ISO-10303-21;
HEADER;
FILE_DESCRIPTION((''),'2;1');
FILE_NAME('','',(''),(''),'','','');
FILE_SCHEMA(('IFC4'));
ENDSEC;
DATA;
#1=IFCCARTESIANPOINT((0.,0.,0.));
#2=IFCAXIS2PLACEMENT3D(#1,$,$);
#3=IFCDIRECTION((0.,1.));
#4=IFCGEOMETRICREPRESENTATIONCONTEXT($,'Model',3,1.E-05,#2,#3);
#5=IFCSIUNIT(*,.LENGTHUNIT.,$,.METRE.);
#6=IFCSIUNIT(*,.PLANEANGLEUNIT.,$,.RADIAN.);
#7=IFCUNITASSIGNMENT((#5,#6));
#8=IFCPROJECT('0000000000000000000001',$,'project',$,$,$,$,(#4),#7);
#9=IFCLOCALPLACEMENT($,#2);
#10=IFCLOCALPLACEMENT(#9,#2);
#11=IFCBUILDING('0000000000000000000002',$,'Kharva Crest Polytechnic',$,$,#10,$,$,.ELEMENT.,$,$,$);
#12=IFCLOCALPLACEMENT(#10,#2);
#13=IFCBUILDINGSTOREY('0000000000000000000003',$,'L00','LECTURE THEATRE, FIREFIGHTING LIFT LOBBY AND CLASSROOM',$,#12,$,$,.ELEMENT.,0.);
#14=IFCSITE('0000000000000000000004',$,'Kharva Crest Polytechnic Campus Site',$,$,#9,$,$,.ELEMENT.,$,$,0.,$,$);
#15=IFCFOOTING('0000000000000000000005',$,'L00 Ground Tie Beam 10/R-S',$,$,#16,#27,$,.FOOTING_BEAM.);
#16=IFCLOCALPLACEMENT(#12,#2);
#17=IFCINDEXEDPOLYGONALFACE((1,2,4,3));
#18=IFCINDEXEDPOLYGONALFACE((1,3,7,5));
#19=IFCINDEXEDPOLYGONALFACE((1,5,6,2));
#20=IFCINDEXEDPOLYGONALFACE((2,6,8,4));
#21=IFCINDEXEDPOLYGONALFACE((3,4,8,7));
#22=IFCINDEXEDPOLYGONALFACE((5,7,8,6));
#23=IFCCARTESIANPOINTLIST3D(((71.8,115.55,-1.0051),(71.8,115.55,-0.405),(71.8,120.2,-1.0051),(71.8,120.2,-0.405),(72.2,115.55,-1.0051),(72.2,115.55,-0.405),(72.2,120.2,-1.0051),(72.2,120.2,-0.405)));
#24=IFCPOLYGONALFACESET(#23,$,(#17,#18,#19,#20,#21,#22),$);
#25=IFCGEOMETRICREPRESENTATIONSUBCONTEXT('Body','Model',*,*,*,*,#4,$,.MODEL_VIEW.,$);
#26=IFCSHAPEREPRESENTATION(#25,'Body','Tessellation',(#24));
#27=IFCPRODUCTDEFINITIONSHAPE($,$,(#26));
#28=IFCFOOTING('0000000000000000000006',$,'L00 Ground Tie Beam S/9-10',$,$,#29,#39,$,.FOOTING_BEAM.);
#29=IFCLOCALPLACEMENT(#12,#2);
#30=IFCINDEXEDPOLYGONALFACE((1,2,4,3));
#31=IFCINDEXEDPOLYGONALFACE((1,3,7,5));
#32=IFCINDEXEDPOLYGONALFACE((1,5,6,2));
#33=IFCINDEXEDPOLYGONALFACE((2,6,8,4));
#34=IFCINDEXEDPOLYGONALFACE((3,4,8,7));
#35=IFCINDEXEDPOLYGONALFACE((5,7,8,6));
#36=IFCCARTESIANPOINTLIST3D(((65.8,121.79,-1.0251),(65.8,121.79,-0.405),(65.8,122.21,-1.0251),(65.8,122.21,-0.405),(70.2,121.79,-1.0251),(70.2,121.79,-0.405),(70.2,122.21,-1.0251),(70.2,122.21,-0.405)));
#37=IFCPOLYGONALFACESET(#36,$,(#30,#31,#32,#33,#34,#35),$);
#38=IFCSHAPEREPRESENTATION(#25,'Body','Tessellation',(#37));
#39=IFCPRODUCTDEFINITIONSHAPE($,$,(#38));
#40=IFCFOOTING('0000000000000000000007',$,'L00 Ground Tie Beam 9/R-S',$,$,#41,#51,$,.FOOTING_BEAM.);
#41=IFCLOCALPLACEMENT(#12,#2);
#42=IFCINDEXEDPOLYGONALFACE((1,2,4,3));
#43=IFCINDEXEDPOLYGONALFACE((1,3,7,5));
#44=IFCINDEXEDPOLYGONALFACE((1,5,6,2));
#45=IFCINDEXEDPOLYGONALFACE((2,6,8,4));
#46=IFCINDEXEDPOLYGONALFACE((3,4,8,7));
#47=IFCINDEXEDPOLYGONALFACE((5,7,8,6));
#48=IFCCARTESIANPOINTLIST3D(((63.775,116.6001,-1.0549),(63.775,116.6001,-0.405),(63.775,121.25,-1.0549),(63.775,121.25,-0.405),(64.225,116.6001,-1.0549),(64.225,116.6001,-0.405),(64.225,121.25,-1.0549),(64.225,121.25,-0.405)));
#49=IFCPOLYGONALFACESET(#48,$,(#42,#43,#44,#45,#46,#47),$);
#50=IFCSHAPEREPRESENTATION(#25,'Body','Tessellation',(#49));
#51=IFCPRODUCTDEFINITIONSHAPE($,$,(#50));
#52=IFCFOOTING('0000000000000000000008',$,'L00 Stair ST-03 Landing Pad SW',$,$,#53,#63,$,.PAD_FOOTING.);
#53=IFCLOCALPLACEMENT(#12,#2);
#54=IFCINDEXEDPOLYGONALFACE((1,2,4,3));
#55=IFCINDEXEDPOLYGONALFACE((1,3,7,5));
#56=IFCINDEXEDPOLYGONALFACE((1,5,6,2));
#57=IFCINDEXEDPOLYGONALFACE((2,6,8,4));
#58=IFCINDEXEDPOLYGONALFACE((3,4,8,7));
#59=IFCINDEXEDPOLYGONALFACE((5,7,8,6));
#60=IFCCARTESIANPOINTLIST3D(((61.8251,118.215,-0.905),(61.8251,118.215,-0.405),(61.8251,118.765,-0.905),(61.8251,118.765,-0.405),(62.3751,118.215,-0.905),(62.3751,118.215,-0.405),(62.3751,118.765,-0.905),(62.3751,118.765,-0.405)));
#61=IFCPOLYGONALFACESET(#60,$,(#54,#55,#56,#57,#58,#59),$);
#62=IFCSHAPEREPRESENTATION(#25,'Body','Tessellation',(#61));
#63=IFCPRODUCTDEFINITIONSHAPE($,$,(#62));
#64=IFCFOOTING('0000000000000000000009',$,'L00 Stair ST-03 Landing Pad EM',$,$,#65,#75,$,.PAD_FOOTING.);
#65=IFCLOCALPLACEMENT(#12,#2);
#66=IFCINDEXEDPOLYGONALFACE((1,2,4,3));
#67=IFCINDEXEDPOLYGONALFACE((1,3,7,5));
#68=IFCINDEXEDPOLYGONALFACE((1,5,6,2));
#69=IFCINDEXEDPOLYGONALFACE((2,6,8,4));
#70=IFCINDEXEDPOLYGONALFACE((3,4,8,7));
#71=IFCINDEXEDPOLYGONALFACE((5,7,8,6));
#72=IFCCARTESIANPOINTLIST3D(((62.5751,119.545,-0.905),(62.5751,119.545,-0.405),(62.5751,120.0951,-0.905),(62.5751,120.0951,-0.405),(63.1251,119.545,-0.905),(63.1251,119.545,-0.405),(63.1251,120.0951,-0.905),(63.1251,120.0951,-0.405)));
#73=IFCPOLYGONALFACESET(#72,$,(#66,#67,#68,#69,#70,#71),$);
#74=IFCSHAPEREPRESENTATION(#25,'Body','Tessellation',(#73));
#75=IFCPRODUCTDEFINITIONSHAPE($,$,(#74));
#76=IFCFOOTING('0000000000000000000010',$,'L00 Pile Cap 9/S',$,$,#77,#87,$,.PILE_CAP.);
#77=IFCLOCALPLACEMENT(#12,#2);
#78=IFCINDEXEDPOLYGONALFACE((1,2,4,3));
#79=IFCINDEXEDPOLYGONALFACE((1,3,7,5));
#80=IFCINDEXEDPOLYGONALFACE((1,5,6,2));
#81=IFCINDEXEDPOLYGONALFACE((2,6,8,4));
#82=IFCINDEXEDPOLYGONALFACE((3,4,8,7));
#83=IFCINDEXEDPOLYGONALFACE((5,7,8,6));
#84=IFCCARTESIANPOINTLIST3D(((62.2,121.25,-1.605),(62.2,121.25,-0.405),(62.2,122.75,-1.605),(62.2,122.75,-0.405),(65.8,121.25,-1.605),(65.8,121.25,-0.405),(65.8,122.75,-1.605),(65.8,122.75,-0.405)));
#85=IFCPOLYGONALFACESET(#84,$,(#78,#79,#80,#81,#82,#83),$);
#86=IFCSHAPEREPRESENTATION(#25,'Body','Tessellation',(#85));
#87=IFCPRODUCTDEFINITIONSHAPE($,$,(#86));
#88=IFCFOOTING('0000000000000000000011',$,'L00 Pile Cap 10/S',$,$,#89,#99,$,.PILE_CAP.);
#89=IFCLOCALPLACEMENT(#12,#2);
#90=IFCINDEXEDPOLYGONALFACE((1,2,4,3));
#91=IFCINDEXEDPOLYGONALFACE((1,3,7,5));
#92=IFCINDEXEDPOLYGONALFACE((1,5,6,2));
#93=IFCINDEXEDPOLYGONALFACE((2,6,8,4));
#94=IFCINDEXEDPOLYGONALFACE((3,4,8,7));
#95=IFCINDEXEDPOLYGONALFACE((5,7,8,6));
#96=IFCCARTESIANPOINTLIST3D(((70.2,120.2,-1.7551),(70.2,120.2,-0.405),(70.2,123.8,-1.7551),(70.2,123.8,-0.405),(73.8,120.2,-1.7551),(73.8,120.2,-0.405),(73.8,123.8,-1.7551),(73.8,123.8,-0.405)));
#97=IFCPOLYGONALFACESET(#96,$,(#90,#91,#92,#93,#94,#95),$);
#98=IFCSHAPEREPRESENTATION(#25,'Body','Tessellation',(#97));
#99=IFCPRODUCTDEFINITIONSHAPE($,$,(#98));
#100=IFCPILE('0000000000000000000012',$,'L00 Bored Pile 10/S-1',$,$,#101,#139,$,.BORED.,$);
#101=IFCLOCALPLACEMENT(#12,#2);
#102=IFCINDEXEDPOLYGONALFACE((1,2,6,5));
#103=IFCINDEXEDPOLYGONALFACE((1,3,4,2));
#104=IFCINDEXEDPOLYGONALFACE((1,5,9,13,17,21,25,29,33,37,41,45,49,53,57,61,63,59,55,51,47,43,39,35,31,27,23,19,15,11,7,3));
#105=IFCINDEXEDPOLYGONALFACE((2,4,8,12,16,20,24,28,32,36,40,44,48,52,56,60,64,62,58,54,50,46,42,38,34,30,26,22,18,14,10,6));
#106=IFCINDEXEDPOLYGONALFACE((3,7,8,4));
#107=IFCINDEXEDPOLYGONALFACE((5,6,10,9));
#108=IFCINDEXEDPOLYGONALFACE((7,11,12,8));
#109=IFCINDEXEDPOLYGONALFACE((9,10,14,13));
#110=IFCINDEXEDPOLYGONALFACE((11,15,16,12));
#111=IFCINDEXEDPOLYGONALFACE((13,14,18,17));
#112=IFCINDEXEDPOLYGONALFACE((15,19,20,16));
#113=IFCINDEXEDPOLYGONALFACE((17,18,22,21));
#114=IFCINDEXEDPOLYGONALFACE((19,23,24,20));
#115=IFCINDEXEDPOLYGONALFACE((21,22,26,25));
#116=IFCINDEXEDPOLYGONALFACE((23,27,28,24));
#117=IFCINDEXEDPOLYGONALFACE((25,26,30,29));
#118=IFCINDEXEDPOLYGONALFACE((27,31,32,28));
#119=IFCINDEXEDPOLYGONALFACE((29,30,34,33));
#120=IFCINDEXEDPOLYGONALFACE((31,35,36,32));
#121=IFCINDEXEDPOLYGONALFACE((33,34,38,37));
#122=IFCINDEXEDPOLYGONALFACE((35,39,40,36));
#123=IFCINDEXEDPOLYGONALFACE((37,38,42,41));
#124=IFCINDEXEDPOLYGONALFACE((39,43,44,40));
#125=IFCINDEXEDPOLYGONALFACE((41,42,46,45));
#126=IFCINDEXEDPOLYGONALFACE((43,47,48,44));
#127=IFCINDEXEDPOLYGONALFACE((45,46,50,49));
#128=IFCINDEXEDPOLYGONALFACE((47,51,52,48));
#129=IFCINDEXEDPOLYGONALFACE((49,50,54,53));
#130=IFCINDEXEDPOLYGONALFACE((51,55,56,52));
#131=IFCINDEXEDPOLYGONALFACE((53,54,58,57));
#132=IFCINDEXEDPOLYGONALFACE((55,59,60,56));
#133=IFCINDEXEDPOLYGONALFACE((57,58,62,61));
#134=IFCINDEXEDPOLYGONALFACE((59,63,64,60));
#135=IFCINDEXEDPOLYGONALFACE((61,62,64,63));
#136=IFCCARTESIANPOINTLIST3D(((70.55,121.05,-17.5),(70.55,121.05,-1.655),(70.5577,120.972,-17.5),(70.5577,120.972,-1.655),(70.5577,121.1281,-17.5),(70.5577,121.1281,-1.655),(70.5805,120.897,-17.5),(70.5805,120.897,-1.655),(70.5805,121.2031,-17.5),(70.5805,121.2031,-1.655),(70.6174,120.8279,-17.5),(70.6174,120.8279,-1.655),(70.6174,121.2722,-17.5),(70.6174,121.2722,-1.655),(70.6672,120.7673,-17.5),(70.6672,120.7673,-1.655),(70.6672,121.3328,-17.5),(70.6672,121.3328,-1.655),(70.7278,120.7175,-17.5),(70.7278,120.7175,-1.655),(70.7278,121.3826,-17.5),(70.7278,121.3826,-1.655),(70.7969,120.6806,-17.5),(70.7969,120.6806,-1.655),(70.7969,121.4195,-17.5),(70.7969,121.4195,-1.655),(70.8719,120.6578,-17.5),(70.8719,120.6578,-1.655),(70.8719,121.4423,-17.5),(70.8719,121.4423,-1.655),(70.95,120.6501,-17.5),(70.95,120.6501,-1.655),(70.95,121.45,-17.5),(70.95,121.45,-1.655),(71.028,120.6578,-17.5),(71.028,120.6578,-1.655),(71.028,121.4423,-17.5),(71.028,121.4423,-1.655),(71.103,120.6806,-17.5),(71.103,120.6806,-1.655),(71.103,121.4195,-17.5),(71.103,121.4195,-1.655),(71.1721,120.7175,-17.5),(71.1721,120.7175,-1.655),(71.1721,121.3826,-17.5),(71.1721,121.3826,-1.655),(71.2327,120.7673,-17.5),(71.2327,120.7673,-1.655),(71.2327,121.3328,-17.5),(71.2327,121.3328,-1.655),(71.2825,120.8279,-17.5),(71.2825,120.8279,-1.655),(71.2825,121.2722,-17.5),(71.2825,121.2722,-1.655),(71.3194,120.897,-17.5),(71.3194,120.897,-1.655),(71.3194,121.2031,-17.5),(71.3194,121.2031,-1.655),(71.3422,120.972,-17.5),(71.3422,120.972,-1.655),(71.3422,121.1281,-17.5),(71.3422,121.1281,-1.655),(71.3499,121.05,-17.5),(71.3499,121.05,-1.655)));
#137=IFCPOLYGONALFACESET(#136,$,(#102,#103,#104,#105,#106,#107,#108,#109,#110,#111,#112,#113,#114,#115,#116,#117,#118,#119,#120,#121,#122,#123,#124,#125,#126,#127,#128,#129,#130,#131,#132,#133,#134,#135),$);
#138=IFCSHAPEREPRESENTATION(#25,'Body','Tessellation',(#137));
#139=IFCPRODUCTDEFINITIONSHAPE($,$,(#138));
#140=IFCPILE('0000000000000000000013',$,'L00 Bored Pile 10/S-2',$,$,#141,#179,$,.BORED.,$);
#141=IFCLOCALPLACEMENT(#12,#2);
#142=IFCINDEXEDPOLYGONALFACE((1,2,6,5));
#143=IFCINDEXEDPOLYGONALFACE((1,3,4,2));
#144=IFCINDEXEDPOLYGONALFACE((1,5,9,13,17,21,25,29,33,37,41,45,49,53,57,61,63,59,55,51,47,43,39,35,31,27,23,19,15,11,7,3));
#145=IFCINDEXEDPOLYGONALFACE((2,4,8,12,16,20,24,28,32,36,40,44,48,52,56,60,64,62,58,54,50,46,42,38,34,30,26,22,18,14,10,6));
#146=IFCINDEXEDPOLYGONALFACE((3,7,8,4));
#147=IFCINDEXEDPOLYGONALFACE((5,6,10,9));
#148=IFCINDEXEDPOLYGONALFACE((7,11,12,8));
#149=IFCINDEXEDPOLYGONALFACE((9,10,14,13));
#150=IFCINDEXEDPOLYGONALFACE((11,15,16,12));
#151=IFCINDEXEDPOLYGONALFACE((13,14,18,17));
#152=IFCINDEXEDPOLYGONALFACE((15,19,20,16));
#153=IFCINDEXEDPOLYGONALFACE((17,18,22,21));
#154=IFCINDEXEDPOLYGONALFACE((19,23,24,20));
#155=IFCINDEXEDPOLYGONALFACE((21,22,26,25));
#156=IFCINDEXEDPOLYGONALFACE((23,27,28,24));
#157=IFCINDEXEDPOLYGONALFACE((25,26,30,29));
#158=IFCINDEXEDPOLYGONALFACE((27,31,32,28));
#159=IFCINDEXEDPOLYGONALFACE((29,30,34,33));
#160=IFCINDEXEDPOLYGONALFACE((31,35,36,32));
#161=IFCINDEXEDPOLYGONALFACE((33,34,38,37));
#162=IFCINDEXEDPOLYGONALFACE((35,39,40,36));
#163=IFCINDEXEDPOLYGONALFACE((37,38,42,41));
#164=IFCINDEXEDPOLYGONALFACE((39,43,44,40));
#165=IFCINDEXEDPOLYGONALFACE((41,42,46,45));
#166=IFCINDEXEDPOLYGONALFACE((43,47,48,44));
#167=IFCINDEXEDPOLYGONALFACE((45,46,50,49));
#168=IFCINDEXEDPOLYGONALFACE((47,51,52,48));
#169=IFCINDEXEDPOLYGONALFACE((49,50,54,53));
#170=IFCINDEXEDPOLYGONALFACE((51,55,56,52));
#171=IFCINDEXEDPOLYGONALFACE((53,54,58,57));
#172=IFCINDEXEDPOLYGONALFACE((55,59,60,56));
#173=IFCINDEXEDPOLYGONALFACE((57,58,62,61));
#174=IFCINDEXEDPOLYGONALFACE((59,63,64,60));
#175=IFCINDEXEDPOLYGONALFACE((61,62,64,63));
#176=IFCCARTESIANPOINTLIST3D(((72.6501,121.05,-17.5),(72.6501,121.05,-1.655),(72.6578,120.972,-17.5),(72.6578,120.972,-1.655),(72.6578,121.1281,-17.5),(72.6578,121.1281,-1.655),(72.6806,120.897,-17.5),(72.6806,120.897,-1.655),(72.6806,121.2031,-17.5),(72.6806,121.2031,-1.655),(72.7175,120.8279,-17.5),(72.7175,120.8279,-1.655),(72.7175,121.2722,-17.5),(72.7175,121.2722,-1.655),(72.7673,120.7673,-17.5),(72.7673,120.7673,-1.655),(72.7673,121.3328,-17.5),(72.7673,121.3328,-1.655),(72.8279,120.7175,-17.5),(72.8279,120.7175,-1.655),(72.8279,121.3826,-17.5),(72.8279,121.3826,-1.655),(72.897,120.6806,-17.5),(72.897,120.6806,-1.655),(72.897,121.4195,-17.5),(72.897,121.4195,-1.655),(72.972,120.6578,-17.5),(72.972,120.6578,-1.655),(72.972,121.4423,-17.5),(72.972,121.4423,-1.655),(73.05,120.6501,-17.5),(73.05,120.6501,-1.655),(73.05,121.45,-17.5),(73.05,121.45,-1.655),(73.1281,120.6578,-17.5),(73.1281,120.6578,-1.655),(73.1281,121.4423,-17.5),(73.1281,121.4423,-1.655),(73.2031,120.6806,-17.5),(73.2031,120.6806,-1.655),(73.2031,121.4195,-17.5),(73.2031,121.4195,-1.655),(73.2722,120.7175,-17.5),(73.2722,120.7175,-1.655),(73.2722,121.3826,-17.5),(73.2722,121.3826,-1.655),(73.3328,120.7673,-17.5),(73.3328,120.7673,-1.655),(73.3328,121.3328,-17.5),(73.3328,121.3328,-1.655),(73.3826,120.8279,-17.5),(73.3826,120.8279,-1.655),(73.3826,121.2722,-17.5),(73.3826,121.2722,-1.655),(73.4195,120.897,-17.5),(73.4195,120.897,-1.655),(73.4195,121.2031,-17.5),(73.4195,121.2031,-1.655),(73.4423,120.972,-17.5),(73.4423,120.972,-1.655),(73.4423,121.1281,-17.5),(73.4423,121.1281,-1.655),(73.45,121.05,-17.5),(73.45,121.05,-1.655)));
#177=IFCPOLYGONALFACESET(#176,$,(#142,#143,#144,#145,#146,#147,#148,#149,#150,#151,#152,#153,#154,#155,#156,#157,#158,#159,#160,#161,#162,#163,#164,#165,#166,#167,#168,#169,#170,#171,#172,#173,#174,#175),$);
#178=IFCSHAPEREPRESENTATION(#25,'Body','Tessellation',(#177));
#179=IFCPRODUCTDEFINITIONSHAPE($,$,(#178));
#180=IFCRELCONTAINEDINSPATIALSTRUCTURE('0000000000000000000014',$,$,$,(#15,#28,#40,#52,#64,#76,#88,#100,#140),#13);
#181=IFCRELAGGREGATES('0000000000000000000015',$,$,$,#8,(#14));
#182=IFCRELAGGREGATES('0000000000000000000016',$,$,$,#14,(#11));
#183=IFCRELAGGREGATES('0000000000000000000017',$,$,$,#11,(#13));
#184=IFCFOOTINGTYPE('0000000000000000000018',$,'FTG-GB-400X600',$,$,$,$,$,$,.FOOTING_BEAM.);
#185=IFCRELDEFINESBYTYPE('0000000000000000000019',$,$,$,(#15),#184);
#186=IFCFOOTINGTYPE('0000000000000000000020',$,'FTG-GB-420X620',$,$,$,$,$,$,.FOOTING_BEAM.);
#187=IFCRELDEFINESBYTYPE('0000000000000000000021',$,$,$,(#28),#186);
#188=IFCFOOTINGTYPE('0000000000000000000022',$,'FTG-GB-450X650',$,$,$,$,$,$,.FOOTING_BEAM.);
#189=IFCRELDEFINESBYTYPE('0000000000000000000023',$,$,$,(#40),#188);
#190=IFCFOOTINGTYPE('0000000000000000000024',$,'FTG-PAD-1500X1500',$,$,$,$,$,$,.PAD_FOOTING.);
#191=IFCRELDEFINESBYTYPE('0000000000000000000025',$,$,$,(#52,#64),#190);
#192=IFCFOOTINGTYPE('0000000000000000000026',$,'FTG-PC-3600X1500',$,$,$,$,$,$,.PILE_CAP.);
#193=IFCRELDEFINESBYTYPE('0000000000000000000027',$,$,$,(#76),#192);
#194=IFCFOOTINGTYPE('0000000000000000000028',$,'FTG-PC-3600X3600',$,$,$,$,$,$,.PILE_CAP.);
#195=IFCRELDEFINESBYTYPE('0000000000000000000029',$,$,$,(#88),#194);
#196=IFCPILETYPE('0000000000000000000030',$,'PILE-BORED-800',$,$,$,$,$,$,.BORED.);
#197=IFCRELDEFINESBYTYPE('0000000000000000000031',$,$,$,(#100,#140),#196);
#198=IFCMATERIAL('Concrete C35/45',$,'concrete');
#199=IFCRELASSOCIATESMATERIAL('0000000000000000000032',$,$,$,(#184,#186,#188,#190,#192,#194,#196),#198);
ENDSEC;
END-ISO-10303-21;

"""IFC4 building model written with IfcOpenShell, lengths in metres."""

from ifc_helpers import new_model, si_unit, direction, frame, origin, origin_2d, place, context, subcontext, project, spatial, rectangle, circle, extrude, material, material_profile, profile_set, type_object, element, save


model = new_model("IFC4")

# Units and contexts
model_context = context("Model", 3, precision=1e-05, world=origin(), true_north=direction((0.0, 1.0)))
body_context = subcontext(model_context, "Body", "Model", "MODEL_VIEW")
ifc_project = project(units=[si_unit("LENGTHUNIT", "METRE"), si_unit("PLANEANGLEUNIT", "RADIAN")], contexts=[model_context])

# Site, building, storey
site_placement = place(None, origin())
site = spatial("IfcSite", under=ifc_project, at=site_placement, Name="Kharva Crest Polytechnic Campus Site", CompositionType="ELEMENT", RefElevation=0.0)
building_placement = place(site_placement, origin())
building = spatial("IfcBuilding", under=site, at=building_placement, Name="Kharva Crest Polytechnic", CompositionType="ELEMENT")
storey_placement = place(building_placement, origin())
storey = spatial("IfcBuildingStorey", under=building, at=storey_placement, Name="L00", Description="LECTURE THEATRE, FIREFIGHTING LIFT LOBBY AND CLASSROOM", CompositionType="ELEMENT", Elevation=0.0)

# Footings
ifc_material_1 = material(Name="Concrete C35/45", Category="concrete")
footing_type_1 = type_object("IfcFootingType", Name="FTG-GB-400X600", PredefinedType="FOOTING_BEAM", material=ifc_material_1)
footing_1_placement = place(storey_placement, frame((72.0, 117.875, -1.0051), z_axis=(0.0, 0.0, 1.0), x_axis=(0.0, 1.0, 0.0)))
element("IfcFooting", 1, at=footing_1_placement, inside=storey, type_object=footing_type_1, Name="L00 Ground Tie Beam 10/R-S", PredefinedType="FOOTING_BEAM", context=body_context, shape_type="SweptSolid", body=[
    extrude(rectangle(XDim=4.6499, YDim=0.3999, at=origin_2d()), origin(), (0.0, 0.0, 1.0), 0.6001),
])
footing_type_2 = type_object("IfcFootingType", Name="FTG-GB-420X620", PredefinedType="FOOTING_BEAM", material=ifc_material_1)
footing_2_placement = place(storey_placement, frame((68.0, 122.0, -1.0251), z_axis=(0.0, 0.0, 1.0), x_axis=(1.0, 0.0, 0.0)))
element("IfcFooting", 2, at=footing_2_placement, inside=storey, type_object=footing_type_2, Name="L00 Ground Tie Beam S/9-10", PredefinedType="FOOTING_BEAM", context=body_context, shape_type="SweptSolid", body=[
    extrude(rectangle(XDim=4.3999, YDim=0.4199, at=origin_2d()), origin(), (0.0, 0.0, 1.0), 0.6201),
])
footing_type_3 = type_object("IfcFootingType", Name="FTG-GB-450X650", PredefinedType="FOOTING_BEAM", material=ifc_material_1)
footing_3_placement = place(storey_placement, frame((64.0, 118.925, -1.0549), z_axis=(0.0, 0.0, 1.0), x_axis=(0.0, 1.0, 0.0)))
element("IfcFooting", 3, at=footing_3_placement, inside=storey, type_object=footing_type_3, Name="L00 Ground Tie Beam 9/R-S", PredefinedType="FOOTING_BEAM", context=body_context, shape_type="SweptSolid", body=[
    extrude(rectangle(XDim=4.6499, YDim=0.45, at=origin_2d()), origin(), (0.0, 0.0, 1.0), 0.6499),
])
footing_type_4 = type_object("IfcFootingType", Name="FTG-PAD-1500X1500", PredefinedType="PAD_FOOTING", material=ifc_material_1)
for number, where, z_axis, x_axis, name in (
    (4, (62.1001, 118.49, -0.905), (0.0, 0.0, 1.0), (1.0, 0.0, 0.0), "L00 Stair ST-03 Landing Pad SW"),
    (5, (62.8501, 119.8201, -0.905), (0.0, 0.0, 1.0), (1.0, 0.0, 0.0), "L00 Stair ST-03 Landing Pad EM"),
):
    element("IfcFooting", number, at=place(storey_placement, frame(where, z_axis=z_axis, x_axis=x_axis)), inside=storey, type_object=footing_type_4, Name=name, PredefinedType="PAD_FOOTING", context=body_context, shape_type="SweptSolid", body=[
        extrude(rectangle(XDim=0.55, YDim=0.55, at=origin_2d()), origin(), (0.0, 0.0, 1.0), 0.5),
    ])
footing_type_5 = type_object("IfcFootingType", Name="FTG-PC-3600X1500", PredefinedType="PILE_CAP", material=ifc_material_1)
footing_4_placement = place(storey_placement, frame((64.0, 122.0, -1.605), z_axis=(0.0, 0.0, 1.0), x_axis=(1.0, 0.0, 0.0)))
element("IfcFooting", 6, at=footing_4_placement, inside=storey, type_object=footing_type_5, Name="L00 Pile Cap 9/S", PredefinedType="PILE_CAP", context=body_context, shape_type="SweptSolid", body=[
    extrude(rectangle(XDim=3.6001, YDim=1.5, at=origin_2d()), origin(), (0.0, 0.0, 1.0), 1.2),
])
footing_type_6 = type_object("IfcFootingType", Name="FTG-PC-3600X3600", PredefinedType="PILE_CAP", material=ifc_material_1)
footing_5_placement = place(storey_placement, frame((72.0, 122.0, -1.7551), z_axis=(0.0, 0.0, 1.0), x_axis=(1.0, 0.0, 0.0)))
element("IfcFooting", 7, at=footing_5_placement, inside=storey, type_object=footing_type_6, Name="L00 Pile Cap 10/S", PredefinedType="PILE_CAP", context=body_context, shape_type="SweptSolid", body=[
    extrude(rectangle(XDim=3.6001, YDim=3.6001, at=origin_2d()), origin(), (0.0, 0.0, 1.0), 1.3501),
])

# Piles
ifc_material_profile_1 = material_profile(ifc_material_1, circle(Radius=0.3999, at=origin_2d()), Name="DIA 800")
ifc_profile_set_1 = profile_set([ifc_material_profile_1], Name="Concrete C35/45")
pile_type_1 = type_object("IfcPileType", Name="PILE-BORED-800", PredefinedType="BORED", material=ifc_profile_set_1)
for number, where, z_axis, x_axis, name in (
    (8, (70.95, 121.05, -1.655), (0.0, 0.0, -1.0), (1.0, 0.0, 0.0), "L00 Bored Pile 10/S-1"),
    (9, (73.05, 121.05, -1.655), (0.0, 0.0, -1.0), (1.0, 0.0, 0.0), "L00 Bored Pile 10/S-2"),
):
    element("IfcPile", number, at=place(storey_placement, frame(where, z_axis=z_axis, x_axis=x_axis)), inside=storey, type_object=pile_type_1, Name=name, PredefinedType="BORED", context=body_context, shape_type="SweptSolid", body=[
        extrude(circle(Radius=0.3999, at=origin_2d()), origin(), (0.0, 0.0, 1.0), 15.845),
    ])

save(model, "model.ifc")
